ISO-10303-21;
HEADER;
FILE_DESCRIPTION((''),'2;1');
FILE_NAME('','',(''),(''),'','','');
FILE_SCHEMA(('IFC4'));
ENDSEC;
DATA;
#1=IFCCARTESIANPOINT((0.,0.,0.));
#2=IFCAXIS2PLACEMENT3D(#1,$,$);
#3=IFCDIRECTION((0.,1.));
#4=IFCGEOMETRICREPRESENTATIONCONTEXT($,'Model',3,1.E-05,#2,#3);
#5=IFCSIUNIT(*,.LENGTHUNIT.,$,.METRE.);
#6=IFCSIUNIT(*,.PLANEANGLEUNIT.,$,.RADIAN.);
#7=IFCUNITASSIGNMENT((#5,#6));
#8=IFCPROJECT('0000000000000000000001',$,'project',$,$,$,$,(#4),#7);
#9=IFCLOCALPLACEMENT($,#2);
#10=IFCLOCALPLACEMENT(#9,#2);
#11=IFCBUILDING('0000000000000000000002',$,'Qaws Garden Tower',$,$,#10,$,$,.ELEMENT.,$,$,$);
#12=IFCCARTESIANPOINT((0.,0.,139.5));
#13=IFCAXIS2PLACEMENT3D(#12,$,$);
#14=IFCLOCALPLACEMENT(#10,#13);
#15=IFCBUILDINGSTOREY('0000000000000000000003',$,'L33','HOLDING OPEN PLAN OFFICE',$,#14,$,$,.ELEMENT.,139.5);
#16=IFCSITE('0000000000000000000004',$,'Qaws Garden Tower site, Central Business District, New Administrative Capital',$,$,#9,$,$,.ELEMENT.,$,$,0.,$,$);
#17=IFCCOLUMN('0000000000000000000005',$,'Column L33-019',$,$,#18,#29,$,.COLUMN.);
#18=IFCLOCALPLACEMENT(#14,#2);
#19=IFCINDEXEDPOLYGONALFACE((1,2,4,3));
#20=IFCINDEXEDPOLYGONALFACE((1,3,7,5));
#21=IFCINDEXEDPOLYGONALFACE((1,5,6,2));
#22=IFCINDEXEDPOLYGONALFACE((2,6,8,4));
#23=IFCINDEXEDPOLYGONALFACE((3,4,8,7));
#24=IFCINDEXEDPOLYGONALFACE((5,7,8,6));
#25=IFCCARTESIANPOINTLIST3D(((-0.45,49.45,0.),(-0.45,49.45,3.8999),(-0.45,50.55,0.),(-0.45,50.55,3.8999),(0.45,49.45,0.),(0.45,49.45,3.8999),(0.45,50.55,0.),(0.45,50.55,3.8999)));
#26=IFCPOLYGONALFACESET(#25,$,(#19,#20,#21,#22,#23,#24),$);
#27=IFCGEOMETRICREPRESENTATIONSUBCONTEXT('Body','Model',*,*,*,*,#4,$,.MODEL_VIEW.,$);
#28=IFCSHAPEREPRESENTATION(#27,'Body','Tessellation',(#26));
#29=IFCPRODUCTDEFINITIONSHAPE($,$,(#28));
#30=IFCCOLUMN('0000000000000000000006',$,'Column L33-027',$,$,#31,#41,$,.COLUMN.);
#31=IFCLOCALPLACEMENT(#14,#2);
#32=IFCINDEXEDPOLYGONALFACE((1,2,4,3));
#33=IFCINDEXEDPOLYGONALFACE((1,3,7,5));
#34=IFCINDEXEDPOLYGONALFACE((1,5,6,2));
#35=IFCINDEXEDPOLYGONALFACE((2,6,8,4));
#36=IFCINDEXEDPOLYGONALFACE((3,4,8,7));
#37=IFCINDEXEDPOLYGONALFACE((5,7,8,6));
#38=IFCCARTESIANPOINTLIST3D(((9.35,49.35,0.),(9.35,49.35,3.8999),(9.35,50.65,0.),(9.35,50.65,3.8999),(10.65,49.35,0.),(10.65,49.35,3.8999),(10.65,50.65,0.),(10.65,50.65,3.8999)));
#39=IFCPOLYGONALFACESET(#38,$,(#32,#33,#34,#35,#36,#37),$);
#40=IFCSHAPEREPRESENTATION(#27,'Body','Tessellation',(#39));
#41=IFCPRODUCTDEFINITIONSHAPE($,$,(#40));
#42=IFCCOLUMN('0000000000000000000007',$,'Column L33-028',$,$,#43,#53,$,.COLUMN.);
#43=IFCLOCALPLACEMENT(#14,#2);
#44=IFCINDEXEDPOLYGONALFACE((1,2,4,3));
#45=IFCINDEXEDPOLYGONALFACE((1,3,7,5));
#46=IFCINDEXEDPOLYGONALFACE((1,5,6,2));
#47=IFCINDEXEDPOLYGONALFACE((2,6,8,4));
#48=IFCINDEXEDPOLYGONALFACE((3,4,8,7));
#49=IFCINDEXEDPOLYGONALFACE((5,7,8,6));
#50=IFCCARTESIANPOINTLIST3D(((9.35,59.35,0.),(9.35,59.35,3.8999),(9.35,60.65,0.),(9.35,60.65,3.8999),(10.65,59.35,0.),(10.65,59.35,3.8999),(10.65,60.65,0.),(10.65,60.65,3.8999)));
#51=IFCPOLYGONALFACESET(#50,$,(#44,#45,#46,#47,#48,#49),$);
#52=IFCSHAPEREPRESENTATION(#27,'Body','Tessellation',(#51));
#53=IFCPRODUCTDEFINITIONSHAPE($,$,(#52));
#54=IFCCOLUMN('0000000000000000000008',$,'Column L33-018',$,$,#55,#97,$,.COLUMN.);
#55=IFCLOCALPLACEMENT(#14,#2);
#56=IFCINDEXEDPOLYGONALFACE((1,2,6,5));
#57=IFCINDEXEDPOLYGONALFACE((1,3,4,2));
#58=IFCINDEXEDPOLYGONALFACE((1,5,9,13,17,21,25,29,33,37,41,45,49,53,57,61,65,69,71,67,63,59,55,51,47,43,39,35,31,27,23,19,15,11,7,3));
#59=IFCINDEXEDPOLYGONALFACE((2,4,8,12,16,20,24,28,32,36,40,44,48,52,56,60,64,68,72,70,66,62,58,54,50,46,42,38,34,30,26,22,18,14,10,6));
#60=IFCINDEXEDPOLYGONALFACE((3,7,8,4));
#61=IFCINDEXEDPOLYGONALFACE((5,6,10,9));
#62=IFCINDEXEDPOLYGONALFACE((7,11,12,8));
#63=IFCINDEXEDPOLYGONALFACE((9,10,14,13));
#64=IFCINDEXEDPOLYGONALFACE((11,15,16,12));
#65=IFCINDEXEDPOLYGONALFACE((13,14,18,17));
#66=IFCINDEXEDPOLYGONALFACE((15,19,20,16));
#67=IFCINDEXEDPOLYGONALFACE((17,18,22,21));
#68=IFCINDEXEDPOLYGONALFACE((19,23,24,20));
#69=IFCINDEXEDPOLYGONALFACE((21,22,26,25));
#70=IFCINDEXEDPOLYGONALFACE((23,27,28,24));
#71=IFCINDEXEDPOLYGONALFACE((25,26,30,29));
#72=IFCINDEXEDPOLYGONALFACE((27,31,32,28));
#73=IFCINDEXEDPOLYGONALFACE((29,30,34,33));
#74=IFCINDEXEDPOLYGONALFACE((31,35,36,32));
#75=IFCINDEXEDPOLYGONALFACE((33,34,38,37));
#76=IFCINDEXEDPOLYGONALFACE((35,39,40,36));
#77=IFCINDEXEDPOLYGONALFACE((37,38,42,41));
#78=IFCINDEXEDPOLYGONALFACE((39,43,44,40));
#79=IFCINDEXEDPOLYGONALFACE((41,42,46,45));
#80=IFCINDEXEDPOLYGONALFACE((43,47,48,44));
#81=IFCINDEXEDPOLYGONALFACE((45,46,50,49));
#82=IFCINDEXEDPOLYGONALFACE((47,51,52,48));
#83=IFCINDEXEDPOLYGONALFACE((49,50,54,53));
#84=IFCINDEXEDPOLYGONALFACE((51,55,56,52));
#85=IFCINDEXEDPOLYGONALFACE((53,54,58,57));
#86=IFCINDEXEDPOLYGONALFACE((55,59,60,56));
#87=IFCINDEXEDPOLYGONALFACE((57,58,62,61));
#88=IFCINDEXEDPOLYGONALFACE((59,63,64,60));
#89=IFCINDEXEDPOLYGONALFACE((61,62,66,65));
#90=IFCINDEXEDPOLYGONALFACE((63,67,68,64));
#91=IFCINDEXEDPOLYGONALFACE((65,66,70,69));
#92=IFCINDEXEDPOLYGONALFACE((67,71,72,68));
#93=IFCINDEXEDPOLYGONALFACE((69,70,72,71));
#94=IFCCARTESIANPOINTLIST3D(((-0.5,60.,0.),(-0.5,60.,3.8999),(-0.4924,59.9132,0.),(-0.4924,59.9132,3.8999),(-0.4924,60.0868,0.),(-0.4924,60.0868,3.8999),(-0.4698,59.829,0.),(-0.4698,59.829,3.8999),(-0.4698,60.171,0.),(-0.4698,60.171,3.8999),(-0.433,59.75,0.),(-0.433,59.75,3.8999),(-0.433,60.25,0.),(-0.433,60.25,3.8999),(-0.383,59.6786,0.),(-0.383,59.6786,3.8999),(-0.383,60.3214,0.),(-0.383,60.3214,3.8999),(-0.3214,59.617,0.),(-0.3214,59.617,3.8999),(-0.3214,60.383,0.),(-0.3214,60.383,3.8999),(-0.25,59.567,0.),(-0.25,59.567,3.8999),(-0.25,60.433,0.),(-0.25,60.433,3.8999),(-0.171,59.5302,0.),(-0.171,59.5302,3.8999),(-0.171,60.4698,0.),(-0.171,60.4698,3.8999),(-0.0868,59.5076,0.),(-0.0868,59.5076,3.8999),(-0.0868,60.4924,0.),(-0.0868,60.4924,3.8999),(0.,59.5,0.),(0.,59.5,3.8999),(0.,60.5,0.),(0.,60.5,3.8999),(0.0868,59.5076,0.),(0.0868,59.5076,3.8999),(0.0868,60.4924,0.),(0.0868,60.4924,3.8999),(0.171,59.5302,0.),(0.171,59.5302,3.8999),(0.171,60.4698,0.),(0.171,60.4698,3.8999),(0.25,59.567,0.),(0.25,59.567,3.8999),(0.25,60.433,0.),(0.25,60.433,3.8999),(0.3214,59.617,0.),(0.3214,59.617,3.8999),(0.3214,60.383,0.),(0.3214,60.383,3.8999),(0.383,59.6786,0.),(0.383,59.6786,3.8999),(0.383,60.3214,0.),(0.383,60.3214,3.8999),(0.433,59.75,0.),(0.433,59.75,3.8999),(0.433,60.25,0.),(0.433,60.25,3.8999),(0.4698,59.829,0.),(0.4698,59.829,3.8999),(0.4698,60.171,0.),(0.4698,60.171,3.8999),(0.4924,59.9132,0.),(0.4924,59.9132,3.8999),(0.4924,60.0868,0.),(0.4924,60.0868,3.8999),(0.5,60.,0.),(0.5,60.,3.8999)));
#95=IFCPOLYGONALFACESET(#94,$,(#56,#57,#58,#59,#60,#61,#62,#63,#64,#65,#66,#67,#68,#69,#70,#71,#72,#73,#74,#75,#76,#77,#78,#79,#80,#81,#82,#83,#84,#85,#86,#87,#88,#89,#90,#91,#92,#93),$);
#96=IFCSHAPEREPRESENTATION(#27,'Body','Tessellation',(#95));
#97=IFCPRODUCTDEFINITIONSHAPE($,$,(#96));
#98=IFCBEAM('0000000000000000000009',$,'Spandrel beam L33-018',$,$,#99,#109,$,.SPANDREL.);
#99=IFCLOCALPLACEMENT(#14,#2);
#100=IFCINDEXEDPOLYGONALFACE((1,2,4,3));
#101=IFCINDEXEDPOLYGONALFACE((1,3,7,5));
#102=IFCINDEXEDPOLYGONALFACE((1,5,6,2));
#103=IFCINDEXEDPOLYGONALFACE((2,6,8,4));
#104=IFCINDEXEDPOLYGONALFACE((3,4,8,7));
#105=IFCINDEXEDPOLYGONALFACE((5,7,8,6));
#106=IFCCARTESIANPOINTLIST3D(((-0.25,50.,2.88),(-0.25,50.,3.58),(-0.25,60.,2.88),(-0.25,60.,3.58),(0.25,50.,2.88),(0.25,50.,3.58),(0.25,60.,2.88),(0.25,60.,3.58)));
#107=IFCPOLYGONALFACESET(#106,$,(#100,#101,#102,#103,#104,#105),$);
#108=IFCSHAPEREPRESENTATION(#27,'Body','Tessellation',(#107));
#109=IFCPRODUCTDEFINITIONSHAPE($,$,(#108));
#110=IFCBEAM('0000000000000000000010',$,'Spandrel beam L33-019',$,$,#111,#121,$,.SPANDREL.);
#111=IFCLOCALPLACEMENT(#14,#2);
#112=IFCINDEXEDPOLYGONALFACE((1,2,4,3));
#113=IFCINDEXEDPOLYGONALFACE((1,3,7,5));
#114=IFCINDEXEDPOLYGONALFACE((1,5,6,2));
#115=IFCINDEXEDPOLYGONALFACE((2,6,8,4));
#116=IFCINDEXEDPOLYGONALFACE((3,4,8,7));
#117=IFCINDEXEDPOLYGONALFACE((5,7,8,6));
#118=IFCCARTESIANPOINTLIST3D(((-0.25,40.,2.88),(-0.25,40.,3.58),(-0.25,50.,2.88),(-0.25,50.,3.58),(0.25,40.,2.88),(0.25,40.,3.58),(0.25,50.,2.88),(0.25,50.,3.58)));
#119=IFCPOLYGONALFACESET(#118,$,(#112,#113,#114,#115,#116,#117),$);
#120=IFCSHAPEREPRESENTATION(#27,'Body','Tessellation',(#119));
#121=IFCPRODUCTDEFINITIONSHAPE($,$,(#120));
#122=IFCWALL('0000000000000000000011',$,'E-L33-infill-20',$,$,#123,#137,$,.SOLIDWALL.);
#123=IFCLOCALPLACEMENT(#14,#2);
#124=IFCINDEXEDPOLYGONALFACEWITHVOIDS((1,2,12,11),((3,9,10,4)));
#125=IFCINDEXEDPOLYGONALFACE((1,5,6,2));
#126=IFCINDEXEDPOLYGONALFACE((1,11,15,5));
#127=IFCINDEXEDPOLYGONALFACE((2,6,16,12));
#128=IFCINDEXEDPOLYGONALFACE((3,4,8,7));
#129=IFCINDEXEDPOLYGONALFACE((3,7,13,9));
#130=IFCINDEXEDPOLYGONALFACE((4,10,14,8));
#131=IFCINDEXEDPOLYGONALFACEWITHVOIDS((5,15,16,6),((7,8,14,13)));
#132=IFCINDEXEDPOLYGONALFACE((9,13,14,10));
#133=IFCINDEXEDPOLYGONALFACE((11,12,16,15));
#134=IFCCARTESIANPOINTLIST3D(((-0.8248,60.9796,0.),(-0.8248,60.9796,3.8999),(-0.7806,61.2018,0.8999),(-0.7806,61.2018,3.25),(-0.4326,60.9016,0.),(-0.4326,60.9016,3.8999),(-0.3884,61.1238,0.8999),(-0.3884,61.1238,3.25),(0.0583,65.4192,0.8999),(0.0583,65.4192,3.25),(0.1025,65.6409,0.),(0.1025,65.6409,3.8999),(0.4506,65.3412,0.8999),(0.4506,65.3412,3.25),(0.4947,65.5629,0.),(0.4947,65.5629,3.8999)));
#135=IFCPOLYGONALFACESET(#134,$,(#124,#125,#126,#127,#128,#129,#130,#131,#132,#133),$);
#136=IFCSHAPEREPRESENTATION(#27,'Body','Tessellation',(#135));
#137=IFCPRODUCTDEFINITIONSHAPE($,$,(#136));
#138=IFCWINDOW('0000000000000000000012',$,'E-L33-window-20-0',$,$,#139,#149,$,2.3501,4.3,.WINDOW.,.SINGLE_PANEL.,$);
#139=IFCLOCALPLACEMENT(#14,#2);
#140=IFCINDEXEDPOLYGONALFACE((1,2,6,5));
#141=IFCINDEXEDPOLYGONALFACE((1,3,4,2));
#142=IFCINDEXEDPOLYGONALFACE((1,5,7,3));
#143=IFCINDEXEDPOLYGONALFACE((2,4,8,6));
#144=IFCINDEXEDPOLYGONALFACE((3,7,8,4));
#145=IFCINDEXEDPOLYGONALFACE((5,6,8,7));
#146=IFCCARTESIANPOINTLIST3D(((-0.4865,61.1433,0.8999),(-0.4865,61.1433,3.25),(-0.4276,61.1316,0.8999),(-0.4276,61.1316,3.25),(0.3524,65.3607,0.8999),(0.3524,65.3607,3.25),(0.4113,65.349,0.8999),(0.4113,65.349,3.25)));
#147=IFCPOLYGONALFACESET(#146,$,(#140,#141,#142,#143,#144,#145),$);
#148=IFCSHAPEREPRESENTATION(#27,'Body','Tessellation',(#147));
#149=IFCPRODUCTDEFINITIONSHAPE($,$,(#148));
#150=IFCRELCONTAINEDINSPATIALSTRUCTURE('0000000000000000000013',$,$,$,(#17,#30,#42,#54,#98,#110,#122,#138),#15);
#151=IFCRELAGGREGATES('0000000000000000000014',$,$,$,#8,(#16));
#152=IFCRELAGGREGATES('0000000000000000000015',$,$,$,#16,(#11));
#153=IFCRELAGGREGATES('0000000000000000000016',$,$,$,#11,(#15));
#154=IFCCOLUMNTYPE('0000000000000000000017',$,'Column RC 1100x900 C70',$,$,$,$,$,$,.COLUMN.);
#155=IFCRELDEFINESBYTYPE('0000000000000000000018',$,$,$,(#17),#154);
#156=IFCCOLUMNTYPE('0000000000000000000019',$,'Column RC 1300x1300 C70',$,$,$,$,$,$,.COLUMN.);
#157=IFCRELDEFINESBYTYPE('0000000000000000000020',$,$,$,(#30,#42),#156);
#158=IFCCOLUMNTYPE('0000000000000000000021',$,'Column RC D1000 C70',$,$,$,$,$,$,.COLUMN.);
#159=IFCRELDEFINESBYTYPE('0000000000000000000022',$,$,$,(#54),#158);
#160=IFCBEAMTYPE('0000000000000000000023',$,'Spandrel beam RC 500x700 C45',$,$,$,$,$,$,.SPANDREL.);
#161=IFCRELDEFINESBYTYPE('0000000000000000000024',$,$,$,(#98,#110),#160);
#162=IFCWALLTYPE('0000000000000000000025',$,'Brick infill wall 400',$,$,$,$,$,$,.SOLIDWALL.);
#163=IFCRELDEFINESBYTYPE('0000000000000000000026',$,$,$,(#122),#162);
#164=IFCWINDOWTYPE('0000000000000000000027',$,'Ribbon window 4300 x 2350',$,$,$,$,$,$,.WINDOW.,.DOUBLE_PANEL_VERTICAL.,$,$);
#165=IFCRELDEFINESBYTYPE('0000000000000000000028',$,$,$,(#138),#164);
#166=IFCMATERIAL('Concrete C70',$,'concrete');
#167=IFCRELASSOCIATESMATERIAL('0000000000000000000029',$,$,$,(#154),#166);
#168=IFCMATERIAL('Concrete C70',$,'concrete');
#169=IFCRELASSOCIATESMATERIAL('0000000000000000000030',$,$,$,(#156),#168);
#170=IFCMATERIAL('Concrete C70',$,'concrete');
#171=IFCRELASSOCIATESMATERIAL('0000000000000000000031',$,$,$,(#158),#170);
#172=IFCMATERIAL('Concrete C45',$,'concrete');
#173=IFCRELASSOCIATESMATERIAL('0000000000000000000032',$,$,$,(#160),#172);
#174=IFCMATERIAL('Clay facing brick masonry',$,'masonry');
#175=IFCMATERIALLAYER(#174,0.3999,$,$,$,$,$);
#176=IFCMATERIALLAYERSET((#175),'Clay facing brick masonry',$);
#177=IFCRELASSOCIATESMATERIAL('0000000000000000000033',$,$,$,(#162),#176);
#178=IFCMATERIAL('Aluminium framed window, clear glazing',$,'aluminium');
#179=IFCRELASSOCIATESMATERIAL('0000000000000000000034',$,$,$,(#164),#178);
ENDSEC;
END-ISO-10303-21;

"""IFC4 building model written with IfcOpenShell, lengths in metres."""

from ifc_helpers import new_model, si_unit, direction, frame, frame_2d, origin, origin_2d, place, context, subcontext, project, spatial, rectangle, circle, extrude, material, layer, layer_set, material_profile, profile_set, type_object, element, fill, save


model = new_model("IFC4")

# Units and contexts
model_context = context("Model", 3, precision=1e-05, world=origin(), true_north=direction((0.0, 1.0)))
body_context = subcontext(model_context, "Body", "Model", "MODEL_VIEW")
ifc_project = project(units=[si_unit("LENGTHUNIT", "METRE"), si_unit("PLANEANGLEUNIT", "RADIAN")], contexts=[model_context])

# Site, building, storey
site_placement = place(None, origin())
site = spatial("IfcSite", under=ifc_project, at=site_placement, Name="Qaws Garden Tower site, Central Business District, New Administrative Capital", CompositionType="ELEMENT", RefElevation=0.0)
building_placement = place(site_placement, origin())
building = spatial("IfcBuilding", under=site, at=building_placement, Name="Qaws Garden Tower", CompositionType="ELEMENT")
storey_placement = place(building_placement, frame((0.0, 0.0, 139.5)))
storey = spatial("IfcBuildingStorey", under=building, at=storey_placement, Name="L33", Description="HOLDING OPEN PLAN OFFICE", CompositionType="ELEMENT", Elevation=139.5)

# Columns
ifc_material_1 = material(Name="Concrete C70", Category="concrete")
ifc_material_profile_1 = material_profile(ifc_material_1, rectangle(XDim=1.1001, YDim=0.8999, at=origin_2d()), Name="RC 1100x900")
ifc_profile_set_1 = profile_set([ifc_material_profile_1], Name="Concrete C70")
column_type_1 = type_object("IfcColumnType", Name="Column RC 1100x900 C70", PredefinedType="COLUMN", material=ifc_profile_set_1)
column_1_placement = place(storey_placement, frame((0.0, 50.0, 0.0), z_axis=(0.0, 0.0, 1.0), x_axis=(0.0, 1.0, 0.0)))
element("IfcColumn", 1, at=column_1_placement, inside=storey, type_object=column_type_1, Name="Column L33-019", PredefinedType="COLUMN", context=body_context, shape_type="SweptSolid", body=[
    extrude(rectangle(XDim=1.1001, YDim=0.8999, at=origin_2d()), origin(), (0.0, 0.0, 1.0), 3.8999),
])
ifc_material_2 = material(Name="Concrete C70", Category="concrete")
ifc_material_profile_2 = material_profile(ifc_material_2, rectangle(XDim=1.3, YDim=1.3, at=origin_2d()), Name="RC 1300x1300")
ifc_profile_set_2 = profile_set([ifc_material_profile_2], Name="Concrete C70")
column_type_2 = type_object("IfcColumnType", Name="Column RC 1300x1300 C70", PredefinedType="COLUMN", material=ifc_profile_set_2)
for number, where, z_axis, x_axis, name in (
    (2, (10.0, 50.0, 0.0), (0.0, 0.0, 1.0), (1.0, 0.0, 0.0), "Column L33-027"),
    (3, (10.0, 60.0, 0.0), (0.0, 0.0, 1.0), (1.0, 0.0, 0.0), "Column L33-028"),
):
    element("IfcColumn", number, at=place(storey_placement, frame(where, z_axis=z_axis, x_axis=x_axis)), inside=storey, type_object=column_type_2, Name=name, PredefinedType="COLUMN", context=body_context, shape_type="SweptSolid", body=[
        extrude(rectangle(XDim=1.3, YDim=1.3, at=origin_2d()), origin(), (0.0, 0.0, 1.0), 3.8999),
    ])
ifc_material_3 = material(Name="Concrete C70", Category="concrete")
ifc_material_profile_3 = material_profile(ifc_material_3, circle(Radius=0.5, at=origin_2d()), Name="RC D1000")
ifc_profile_set_3 = profile_set([ifc_material_profile_3], Name="Concrete C70")
column_type_3 = type_object("IfcColumnType", Name="Column RC D1000 C70", PredefinedType="COLUMN", material=ifc_profile_set_3)
column_2_placement = place(storey_placement, frame((0.0, 60.0, 0.0), z_axis=(0.0, 0.0, 1.0), x_axis=(1.0, 0.0, 0.0)))
element("IfcColumn", 4, at=column_2_placement, inside=storey, type_object=column_type_3, Name="Column L33-018", PredefinedType="COLUMN", context=body_context, shape_type="SweptSolid", body=[
    extrude(circle(Radius=0.5, at=origin_2d()), origin(), (0.0, 0.0, 1.0), 3.8999),
])

# Beams
ifc_material_4 = material(Name="Concrete C45", Category="concrete")
ifc_material_profile_4 = material_profile(ifc_material_4, rectangle(XDim=0.5, YDim=0.7, at=origin_2d()), Name="RC 500x700")
ifc_profile_set_4 = profile_set([ifc_material_profile_4], Name="Concrete C45")
beam_type = type_object("IfcBeamType", Name="Spandrel beam RC 500x700 C45", PredefinedType="SPANDREL", material=ifc_profile_set_4)
for number, where, z_axis, x_axis, name in (
    (5, (0.0, 60.0, 3.23), (0.0, -1.0, 0.0), (1.0, 0.0, 0.0), "Spandrel beam L33-018"),
    (6, (0.0, 50.0, 3.23), (0.0, -1.0, 0.0), (1.0, 0.0, 0.0), "Spandrel beam L33-019"),
):
    element("IfcBeam", number, at=place(storey_placement, frame(where, z_axis=z_axis, x_axis=x_axis)), inside=storey, type_object=beam_type, Name=name, PredefinedType="SPANDREL", context=body_context, shape_type="SweptSolid", body=[
        extrude(rectangle(XDim=0.5, YDim=0.7, at=origin_2d()), origin(), (0.0, 0.0, 1.0), 10.0),
    ])

# Wall, opening, window
ifc_material_5 = material(Name="Clay facing brick masonry", Category="masonry")
ifc_layer_1 = layer(ifc_material_5, 0.3999)
ifc_layer_set_1 = layer_set([ifc_layer_1], Name="Clay facing brick masonry")
wall_type_1 = type_object("IfcWallType", Name="Brick infill wall 400", PredefinedType="SOLIDWALL", material=ifc_layer_set_1)
wall_1_placement = place(storey_placement, frame((0.2986, 65.6021, 0.0), z_axis=(0.0, 0.0, 1.0), x_axis=(-0.195099, -0.980784, 0.0)))
wall_1 = element("IfcWall", 7, at=wall_1_placement, inside=storey, type_object=wall_type_1, Name="E-L33-infill-20", PredefinedType="SOLIDWALL", context=body_context, shape_type="SweptSolid", body=[
    extrude(rectangle(XDim=4.7527, YDim=0.3999, at=frame_2d((2.3765, 0.0))), origin(), (0.0, 0.0, 1.0), 3.8999),
])
opening_1_placement = place(wall_1_placement, frame((0.2263, 0.0, 0.8999)))
opening_1 = element("IfcOpeningElement", 8, at=opening_1_placement, cuts=wall_1, PredefinedType="OPENING", context=body_context, shape_type="SweptSolid", body=[
    extrude(rectangle(XDim=4.3, YDim=2.3501, at=frame_2d((2.1499, 1.175))), frame((0.0, 0.21, 0.0), z_axis=(0.0, -1.0, 0.0), x_axis=(1.0, 0.0, 0.0)), (0.0, 0.0, 1.0), 0.4199),
])
ifc_material_6 = material(Name="Aluminium framed window, clear glazing", Category="aluminium")
window_type_1 = type_object("IfcWindowType", Name="Ribbon window 4300 x 2350", PartitioningType="DOUBLE_PANEL_VERTICAL", PredefinedType="WINDOW", material=ifc_material_6)
window_1_placement = place(opening_1_placement, origin())
window_1 = element("IfcWindow", 9, at=window_1_placement, inside=storey, type_object=window_type_1, Name="E-L33-window-20-0", OverallHeight=2.3501, OverallWidth=4.3, PartitioningType="SINGLE_PANEL", PredefinedType="WINDOW", context=body_context, shape_type="SweptSolid", body=[
    extrude(rectangle(XDim=4.3, YDim=2.3501, at=frame_2d((2.1499, 1.175))), frame((0.0, 0.1599, 0.0), z_axis=(0.0, -1.0, 0.0), x_axis=(1.0, 0.0, 0.0)), (0.0, 0.0, 1.0), 0.0601),
])
fill(opening_1, window_1)

save(model, "model.ifc")
